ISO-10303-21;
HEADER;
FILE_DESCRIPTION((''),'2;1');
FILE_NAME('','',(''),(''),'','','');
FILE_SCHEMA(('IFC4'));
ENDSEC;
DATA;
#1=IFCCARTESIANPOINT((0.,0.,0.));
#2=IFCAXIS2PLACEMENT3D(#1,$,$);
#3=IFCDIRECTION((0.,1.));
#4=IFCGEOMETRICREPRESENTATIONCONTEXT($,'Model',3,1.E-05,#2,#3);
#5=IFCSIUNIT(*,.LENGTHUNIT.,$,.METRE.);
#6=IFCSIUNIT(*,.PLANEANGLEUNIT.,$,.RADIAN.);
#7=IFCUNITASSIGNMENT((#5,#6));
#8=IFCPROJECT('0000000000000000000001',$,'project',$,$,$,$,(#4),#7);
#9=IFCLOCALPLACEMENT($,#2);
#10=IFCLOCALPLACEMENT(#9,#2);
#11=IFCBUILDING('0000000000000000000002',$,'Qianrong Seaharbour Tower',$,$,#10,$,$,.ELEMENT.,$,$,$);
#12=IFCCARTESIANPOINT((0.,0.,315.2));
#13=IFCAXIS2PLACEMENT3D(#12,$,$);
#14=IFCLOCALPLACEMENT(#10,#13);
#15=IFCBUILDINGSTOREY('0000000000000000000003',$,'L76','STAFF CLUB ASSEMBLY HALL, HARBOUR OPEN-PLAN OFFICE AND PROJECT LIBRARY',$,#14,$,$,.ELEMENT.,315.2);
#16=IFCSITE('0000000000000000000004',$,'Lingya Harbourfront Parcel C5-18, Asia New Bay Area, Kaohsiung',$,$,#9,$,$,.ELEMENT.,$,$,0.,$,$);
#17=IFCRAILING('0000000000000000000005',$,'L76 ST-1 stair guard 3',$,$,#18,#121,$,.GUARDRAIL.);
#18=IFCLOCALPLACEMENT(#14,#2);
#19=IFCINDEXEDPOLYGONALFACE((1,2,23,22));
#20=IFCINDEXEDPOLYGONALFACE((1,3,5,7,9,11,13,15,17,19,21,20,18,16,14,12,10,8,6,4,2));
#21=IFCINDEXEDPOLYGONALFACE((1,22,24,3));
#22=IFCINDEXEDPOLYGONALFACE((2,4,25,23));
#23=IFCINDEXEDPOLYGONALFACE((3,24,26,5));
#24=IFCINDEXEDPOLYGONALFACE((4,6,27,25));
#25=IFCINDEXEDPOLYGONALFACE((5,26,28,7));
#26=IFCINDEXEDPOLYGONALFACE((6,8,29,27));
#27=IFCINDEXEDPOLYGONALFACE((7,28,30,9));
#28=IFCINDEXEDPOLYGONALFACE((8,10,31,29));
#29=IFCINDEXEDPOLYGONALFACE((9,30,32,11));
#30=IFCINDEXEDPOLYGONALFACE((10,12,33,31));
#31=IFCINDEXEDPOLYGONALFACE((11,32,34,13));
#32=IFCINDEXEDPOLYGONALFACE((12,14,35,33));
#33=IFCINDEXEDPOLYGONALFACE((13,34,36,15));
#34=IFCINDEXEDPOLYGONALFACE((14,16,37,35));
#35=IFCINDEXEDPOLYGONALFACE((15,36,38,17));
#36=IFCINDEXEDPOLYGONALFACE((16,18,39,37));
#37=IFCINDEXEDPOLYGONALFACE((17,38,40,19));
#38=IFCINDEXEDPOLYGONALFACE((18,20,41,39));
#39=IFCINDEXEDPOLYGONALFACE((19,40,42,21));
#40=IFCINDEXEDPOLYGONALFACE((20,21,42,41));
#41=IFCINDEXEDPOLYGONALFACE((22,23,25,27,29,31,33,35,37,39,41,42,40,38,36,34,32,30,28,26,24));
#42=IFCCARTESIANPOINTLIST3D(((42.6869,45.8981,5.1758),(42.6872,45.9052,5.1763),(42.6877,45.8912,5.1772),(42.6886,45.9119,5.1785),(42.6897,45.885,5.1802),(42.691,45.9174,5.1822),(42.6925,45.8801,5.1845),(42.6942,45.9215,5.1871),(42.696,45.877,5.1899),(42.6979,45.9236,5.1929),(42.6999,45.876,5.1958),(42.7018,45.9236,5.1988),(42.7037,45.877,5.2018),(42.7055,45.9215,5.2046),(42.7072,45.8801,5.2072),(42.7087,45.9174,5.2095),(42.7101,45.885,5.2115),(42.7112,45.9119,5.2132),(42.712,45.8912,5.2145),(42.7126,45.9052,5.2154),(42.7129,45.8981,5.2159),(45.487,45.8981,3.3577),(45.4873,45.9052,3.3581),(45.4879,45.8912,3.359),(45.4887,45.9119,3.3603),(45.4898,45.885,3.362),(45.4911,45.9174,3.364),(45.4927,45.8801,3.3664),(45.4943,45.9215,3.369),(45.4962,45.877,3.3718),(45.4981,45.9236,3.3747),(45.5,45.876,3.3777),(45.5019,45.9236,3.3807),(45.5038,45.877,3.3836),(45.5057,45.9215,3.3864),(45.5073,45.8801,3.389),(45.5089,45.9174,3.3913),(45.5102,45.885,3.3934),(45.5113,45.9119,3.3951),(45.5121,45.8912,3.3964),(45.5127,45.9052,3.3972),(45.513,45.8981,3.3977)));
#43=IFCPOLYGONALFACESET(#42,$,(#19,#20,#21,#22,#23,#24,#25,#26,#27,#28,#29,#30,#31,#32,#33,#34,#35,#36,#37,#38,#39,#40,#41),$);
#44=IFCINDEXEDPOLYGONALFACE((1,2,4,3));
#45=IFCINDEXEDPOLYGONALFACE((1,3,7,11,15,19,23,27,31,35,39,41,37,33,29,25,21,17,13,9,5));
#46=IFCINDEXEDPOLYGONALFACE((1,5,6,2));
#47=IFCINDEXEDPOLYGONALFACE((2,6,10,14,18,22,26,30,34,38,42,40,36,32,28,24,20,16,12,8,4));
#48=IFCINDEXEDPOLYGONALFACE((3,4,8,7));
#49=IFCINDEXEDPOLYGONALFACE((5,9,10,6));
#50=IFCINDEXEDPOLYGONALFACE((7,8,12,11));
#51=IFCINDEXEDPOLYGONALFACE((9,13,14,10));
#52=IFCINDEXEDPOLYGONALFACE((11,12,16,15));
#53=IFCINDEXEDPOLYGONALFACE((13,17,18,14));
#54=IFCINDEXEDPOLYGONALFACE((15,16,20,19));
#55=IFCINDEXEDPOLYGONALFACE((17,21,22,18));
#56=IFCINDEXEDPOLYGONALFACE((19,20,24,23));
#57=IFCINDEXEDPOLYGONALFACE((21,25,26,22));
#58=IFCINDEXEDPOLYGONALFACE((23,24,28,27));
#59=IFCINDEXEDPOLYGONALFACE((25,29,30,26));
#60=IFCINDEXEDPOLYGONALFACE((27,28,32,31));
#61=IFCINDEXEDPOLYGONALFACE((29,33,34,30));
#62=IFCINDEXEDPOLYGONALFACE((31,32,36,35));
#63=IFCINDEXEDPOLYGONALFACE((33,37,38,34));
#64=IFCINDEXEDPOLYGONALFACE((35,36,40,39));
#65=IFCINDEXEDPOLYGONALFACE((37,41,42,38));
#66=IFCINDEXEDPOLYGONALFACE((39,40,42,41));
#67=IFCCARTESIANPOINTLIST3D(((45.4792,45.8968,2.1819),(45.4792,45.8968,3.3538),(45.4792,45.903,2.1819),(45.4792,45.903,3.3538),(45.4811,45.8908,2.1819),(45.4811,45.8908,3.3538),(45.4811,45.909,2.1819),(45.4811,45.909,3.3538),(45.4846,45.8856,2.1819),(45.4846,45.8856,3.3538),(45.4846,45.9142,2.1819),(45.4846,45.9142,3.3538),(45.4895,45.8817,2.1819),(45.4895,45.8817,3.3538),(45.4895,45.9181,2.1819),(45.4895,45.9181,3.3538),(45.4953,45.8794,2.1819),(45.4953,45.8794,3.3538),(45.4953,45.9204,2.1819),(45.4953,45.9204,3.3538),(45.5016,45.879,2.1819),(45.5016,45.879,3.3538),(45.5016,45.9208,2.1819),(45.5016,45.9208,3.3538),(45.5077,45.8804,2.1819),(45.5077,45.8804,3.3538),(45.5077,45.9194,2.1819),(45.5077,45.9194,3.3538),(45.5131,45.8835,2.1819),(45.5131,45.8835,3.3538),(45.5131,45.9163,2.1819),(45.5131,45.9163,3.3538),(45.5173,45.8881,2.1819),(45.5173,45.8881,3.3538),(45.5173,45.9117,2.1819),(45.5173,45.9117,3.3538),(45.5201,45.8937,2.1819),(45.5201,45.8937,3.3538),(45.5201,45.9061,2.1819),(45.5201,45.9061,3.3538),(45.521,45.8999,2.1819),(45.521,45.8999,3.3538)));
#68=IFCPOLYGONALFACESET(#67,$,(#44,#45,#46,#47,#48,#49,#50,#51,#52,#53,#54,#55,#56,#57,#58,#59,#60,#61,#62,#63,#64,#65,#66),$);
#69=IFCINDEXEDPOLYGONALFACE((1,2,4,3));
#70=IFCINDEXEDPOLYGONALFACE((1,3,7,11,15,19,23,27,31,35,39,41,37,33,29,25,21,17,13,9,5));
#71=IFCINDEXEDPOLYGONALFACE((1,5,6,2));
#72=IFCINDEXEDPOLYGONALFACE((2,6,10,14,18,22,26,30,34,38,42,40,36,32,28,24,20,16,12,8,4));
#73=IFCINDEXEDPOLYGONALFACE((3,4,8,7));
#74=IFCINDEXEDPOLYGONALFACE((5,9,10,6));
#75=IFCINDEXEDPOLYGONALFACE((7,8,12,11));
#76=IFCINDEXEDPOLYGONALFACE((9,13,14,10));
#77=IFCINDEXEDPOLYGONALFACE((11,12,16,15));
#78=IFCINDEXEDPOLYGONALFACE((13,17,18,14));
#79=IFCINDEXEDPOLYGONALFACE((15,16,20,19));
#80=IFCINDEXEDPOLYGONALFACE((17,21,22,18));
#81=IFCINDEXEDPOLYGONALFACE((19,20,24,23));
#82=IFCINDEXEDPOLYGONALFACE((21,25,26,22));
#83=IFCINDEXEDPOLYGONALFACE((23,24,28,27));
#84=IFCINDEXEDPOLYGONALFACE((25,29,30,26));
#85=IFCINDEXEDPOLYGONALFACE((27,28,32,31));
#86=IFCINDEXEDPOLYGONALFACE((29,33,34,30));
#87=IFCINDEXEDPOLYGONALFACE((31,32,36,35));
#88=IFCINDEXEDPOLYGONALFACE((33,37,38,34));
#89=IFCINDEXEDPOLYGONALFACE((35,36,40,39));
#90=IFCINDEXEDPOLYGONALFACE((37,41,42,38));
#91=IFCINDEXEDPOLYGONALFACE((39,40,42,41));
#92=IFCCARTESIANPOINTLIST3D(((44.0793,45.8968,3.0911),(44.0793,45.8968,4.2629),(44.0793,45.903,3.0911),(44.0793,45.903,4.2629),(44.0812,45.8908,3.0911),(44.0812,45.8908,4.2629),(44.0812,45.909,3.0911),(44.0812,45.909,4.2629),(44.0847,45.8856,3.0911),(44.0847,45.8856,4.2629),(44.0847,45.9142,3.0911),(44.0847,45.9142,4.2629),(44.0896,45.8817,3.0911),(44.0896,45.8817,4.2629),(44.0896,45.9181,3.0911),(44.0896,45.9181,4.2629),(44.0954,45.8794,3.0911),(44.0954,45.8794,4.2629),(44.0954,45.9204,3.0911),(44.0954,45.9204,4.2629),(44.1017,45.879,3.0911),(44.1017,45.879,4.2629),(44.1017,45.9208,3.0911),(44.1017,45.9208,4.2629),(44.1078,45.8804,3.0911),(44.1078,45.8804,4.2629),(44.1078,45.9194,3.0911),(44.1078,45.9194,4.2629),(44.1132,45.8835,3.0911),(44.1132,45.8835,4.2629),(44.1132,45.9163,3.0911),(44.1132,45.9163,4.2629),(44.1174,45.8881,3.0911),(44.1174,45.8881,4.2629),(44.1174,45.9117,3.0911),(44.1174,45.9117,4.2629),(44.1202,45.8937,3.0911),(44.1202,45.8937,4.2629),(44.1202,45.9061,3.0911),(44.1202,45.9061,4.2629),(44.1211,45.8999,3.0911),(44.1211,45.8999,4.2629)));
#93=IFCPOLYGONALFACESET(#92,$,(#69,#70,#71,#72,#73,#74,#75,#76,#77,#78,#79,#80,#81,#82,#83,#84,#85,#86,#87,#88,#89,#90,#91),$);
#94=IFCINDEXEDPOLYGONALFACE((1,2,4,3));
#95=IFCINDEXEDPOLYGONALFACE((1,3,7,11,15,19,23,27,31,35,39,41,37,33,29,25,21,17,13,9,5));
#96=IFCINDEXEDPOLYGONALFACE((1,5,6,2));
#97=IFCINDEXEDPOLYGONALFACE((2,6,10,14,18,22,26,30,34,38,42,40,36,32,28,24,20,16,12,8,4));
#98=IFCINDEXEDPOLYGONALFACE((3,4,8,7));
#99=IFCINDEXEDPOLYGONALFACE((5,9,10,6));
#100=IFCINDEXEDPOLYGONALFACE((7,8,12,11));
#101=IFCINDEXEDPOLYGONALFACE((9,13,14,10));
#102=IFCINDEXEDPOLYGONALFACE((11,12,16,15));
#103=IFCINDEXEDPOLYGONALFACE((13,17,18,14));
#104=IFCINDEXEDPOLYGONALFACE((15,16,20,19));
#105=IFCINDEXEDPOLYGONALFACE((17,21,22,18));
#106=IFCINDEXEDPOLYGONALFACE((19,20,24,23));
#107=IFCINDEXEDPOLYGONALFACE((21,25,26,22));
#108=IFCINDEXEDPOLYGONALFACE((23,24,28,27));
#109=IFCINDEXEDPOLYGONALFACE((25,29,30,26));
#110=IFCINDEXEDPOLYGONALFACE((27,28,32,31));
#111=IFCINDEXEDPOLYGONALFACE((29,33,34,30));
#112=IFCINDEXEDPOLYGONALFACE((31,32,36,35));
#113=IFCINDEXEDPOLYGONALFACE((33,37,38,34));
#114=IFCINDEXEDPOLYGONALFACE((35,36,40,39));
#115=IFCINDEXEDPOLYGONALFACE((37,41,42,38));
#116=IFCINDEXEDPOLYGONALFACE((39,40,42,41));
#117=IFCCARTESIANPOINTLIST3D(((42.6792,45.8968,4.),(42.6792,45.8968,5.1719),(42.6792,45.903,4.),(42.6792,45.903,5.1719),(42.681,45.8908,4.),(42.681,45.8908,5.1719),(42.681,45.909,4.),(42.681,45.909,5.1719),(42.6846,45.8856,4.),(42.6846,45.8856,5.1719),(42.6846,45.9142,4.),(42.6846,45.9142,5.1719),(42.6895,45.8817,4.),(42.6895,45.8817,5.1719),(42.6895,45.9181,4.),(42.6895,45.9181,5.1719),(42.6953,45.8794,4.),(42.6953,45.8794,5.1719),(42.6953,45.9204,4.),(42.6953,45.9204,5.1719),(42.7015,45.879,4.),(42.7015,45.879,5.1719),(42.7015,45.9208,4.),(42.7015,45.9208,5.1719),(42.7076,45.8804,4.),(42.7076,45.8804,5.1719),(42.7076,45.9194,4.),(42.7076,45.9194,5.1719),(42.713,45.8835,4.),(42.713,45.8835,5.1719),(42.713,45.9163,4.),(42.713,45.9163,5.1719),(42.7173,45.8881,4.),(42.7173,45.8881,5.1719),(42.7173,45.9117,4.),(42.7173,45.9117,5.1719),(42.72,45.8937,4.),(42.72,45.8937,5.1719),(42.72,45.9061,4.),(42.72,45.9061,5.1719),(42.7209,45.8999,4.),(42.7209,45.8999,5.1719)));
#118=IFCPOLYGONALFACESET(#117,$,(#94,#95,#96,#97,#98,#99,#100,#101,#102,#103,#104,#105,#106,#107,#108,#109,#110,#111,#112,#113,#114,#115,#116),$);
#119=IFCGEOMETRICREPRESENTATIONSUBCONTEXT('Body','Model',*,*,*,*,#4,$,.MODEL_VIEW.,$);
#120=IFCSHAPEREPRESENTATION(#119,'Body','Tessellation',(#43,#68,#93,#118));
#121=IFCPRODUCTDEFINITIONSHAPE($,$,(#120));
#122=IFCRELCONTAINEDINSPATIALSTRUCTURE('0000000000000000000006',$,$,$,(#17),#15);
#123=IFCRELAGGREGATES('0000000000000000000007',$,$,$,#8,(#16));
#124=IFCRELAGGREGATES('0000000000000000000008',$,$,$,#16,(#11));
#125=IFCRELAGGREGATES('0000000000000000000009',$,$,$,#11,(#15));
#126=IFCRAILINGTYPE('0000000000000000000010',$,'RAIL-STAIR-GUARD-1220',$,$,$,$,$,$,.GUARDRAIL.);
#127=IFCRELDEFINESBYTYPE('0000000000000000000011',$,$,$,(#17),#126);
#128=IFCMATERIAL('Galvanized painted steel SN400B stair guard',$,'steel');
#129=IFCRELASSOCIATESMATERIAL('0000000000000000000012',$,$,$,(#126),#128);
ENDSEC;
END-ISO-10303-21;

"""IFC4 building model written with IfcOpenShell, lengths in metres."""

from ifc_helpers import new_model, si_unit, direction, frame, origin, origin_2d, place, context, subcontext, project, spatial, circle, extrude, material, type_object, element, save


model = new_model("IFC4")

# Units and contexts
model_context = context("Model", 3, precision=1e-05, world=origin(), true_north=direction((0.0, 1.0)))
body_context = subcontext(model_context, "Body", "Model", "MODEL_VIEW")
ifc_project = project(units=[si_unit("LENGTHUNIT", "METRE"), si_unit("PLANEANGLEUNIT", "RADIAN")], contexts=[model_context])

# Site, building, storey
site_placement = place(None, origin())
site = spatial("IfcSite", under=ifc_project, at=site_placement, Name="Lingya Harbourfront Parcel C5-18, Asia New Bay Area, Kaohsiung", CompositionType="ELEMENT", RefElevation=0.0)
building_placement = place(site_placement, origin())
building = spatial("IfcBuilding", under=site, at=building_placement, Name="Qianrong Seaharbour Tower", CompositionType="ELEMENT")
storey_placement = place(building_placement, frame((0.0, 0.0, 315.2)))
storey = spatial("IfcBuildingStorey", under=building, at=storey_placement, Name="L76", Description="STAFF CLUB ASSEMBLY HALL, HARBOUR OPEN-PLAN OFFICE AND PROJECT LIBRARY", CompositionType="ELEMENT", Elevation=315.2)

# Railing
ifc_material_1 = material(Name="Galvanized painted steel SN400B stair guard", Category="steel")
railing_type_1 = type_object("IfcRailingType", Name="RAIL-STAIR-GUARD-1220", PredefinedType="GUARDRAIL", material=ifc_material_1)
railing_1_placement = place(storey_placement, frame((45.5, 45.8999, 2.1819)))
element("IfcRailing", 1, at=railing_1_placement, inside=storey, type_object=railing_type_1, Name="L76 ST-1 stair guard 3", PredefinedType="GUARDRAIL", context=body_context, shape_type="SweptSolid", body=[
    extrude(circle(Radius=0.0239, at=origin_2d()), frame((0.0, 0.0, 1.1958), z_axis=(-0.838706, 0.0, 0.544585), x_axis=(0.0, -1.0, 0.0)), (0.0, 0.0, 1.0), 3.3386),
    extrude(circle(Radius=0.021, at=origin_2d()), origin(), (0.0, 0.0, 1.0), 1.1719),
    extrude(circle(Radius=0.021, at=origin_2d()), frame((-1.3999, 0.0, 0.9092)), (0.0, 0.0, 1.0), 1.1719),
    extrude(circle(Radius=0.021, at=origin_2d()), frame((-2.8, 0.0, 1.8181)), (0.0, 0.0, 1.0), 1.1719),
])

save(model, "model.ifc")
